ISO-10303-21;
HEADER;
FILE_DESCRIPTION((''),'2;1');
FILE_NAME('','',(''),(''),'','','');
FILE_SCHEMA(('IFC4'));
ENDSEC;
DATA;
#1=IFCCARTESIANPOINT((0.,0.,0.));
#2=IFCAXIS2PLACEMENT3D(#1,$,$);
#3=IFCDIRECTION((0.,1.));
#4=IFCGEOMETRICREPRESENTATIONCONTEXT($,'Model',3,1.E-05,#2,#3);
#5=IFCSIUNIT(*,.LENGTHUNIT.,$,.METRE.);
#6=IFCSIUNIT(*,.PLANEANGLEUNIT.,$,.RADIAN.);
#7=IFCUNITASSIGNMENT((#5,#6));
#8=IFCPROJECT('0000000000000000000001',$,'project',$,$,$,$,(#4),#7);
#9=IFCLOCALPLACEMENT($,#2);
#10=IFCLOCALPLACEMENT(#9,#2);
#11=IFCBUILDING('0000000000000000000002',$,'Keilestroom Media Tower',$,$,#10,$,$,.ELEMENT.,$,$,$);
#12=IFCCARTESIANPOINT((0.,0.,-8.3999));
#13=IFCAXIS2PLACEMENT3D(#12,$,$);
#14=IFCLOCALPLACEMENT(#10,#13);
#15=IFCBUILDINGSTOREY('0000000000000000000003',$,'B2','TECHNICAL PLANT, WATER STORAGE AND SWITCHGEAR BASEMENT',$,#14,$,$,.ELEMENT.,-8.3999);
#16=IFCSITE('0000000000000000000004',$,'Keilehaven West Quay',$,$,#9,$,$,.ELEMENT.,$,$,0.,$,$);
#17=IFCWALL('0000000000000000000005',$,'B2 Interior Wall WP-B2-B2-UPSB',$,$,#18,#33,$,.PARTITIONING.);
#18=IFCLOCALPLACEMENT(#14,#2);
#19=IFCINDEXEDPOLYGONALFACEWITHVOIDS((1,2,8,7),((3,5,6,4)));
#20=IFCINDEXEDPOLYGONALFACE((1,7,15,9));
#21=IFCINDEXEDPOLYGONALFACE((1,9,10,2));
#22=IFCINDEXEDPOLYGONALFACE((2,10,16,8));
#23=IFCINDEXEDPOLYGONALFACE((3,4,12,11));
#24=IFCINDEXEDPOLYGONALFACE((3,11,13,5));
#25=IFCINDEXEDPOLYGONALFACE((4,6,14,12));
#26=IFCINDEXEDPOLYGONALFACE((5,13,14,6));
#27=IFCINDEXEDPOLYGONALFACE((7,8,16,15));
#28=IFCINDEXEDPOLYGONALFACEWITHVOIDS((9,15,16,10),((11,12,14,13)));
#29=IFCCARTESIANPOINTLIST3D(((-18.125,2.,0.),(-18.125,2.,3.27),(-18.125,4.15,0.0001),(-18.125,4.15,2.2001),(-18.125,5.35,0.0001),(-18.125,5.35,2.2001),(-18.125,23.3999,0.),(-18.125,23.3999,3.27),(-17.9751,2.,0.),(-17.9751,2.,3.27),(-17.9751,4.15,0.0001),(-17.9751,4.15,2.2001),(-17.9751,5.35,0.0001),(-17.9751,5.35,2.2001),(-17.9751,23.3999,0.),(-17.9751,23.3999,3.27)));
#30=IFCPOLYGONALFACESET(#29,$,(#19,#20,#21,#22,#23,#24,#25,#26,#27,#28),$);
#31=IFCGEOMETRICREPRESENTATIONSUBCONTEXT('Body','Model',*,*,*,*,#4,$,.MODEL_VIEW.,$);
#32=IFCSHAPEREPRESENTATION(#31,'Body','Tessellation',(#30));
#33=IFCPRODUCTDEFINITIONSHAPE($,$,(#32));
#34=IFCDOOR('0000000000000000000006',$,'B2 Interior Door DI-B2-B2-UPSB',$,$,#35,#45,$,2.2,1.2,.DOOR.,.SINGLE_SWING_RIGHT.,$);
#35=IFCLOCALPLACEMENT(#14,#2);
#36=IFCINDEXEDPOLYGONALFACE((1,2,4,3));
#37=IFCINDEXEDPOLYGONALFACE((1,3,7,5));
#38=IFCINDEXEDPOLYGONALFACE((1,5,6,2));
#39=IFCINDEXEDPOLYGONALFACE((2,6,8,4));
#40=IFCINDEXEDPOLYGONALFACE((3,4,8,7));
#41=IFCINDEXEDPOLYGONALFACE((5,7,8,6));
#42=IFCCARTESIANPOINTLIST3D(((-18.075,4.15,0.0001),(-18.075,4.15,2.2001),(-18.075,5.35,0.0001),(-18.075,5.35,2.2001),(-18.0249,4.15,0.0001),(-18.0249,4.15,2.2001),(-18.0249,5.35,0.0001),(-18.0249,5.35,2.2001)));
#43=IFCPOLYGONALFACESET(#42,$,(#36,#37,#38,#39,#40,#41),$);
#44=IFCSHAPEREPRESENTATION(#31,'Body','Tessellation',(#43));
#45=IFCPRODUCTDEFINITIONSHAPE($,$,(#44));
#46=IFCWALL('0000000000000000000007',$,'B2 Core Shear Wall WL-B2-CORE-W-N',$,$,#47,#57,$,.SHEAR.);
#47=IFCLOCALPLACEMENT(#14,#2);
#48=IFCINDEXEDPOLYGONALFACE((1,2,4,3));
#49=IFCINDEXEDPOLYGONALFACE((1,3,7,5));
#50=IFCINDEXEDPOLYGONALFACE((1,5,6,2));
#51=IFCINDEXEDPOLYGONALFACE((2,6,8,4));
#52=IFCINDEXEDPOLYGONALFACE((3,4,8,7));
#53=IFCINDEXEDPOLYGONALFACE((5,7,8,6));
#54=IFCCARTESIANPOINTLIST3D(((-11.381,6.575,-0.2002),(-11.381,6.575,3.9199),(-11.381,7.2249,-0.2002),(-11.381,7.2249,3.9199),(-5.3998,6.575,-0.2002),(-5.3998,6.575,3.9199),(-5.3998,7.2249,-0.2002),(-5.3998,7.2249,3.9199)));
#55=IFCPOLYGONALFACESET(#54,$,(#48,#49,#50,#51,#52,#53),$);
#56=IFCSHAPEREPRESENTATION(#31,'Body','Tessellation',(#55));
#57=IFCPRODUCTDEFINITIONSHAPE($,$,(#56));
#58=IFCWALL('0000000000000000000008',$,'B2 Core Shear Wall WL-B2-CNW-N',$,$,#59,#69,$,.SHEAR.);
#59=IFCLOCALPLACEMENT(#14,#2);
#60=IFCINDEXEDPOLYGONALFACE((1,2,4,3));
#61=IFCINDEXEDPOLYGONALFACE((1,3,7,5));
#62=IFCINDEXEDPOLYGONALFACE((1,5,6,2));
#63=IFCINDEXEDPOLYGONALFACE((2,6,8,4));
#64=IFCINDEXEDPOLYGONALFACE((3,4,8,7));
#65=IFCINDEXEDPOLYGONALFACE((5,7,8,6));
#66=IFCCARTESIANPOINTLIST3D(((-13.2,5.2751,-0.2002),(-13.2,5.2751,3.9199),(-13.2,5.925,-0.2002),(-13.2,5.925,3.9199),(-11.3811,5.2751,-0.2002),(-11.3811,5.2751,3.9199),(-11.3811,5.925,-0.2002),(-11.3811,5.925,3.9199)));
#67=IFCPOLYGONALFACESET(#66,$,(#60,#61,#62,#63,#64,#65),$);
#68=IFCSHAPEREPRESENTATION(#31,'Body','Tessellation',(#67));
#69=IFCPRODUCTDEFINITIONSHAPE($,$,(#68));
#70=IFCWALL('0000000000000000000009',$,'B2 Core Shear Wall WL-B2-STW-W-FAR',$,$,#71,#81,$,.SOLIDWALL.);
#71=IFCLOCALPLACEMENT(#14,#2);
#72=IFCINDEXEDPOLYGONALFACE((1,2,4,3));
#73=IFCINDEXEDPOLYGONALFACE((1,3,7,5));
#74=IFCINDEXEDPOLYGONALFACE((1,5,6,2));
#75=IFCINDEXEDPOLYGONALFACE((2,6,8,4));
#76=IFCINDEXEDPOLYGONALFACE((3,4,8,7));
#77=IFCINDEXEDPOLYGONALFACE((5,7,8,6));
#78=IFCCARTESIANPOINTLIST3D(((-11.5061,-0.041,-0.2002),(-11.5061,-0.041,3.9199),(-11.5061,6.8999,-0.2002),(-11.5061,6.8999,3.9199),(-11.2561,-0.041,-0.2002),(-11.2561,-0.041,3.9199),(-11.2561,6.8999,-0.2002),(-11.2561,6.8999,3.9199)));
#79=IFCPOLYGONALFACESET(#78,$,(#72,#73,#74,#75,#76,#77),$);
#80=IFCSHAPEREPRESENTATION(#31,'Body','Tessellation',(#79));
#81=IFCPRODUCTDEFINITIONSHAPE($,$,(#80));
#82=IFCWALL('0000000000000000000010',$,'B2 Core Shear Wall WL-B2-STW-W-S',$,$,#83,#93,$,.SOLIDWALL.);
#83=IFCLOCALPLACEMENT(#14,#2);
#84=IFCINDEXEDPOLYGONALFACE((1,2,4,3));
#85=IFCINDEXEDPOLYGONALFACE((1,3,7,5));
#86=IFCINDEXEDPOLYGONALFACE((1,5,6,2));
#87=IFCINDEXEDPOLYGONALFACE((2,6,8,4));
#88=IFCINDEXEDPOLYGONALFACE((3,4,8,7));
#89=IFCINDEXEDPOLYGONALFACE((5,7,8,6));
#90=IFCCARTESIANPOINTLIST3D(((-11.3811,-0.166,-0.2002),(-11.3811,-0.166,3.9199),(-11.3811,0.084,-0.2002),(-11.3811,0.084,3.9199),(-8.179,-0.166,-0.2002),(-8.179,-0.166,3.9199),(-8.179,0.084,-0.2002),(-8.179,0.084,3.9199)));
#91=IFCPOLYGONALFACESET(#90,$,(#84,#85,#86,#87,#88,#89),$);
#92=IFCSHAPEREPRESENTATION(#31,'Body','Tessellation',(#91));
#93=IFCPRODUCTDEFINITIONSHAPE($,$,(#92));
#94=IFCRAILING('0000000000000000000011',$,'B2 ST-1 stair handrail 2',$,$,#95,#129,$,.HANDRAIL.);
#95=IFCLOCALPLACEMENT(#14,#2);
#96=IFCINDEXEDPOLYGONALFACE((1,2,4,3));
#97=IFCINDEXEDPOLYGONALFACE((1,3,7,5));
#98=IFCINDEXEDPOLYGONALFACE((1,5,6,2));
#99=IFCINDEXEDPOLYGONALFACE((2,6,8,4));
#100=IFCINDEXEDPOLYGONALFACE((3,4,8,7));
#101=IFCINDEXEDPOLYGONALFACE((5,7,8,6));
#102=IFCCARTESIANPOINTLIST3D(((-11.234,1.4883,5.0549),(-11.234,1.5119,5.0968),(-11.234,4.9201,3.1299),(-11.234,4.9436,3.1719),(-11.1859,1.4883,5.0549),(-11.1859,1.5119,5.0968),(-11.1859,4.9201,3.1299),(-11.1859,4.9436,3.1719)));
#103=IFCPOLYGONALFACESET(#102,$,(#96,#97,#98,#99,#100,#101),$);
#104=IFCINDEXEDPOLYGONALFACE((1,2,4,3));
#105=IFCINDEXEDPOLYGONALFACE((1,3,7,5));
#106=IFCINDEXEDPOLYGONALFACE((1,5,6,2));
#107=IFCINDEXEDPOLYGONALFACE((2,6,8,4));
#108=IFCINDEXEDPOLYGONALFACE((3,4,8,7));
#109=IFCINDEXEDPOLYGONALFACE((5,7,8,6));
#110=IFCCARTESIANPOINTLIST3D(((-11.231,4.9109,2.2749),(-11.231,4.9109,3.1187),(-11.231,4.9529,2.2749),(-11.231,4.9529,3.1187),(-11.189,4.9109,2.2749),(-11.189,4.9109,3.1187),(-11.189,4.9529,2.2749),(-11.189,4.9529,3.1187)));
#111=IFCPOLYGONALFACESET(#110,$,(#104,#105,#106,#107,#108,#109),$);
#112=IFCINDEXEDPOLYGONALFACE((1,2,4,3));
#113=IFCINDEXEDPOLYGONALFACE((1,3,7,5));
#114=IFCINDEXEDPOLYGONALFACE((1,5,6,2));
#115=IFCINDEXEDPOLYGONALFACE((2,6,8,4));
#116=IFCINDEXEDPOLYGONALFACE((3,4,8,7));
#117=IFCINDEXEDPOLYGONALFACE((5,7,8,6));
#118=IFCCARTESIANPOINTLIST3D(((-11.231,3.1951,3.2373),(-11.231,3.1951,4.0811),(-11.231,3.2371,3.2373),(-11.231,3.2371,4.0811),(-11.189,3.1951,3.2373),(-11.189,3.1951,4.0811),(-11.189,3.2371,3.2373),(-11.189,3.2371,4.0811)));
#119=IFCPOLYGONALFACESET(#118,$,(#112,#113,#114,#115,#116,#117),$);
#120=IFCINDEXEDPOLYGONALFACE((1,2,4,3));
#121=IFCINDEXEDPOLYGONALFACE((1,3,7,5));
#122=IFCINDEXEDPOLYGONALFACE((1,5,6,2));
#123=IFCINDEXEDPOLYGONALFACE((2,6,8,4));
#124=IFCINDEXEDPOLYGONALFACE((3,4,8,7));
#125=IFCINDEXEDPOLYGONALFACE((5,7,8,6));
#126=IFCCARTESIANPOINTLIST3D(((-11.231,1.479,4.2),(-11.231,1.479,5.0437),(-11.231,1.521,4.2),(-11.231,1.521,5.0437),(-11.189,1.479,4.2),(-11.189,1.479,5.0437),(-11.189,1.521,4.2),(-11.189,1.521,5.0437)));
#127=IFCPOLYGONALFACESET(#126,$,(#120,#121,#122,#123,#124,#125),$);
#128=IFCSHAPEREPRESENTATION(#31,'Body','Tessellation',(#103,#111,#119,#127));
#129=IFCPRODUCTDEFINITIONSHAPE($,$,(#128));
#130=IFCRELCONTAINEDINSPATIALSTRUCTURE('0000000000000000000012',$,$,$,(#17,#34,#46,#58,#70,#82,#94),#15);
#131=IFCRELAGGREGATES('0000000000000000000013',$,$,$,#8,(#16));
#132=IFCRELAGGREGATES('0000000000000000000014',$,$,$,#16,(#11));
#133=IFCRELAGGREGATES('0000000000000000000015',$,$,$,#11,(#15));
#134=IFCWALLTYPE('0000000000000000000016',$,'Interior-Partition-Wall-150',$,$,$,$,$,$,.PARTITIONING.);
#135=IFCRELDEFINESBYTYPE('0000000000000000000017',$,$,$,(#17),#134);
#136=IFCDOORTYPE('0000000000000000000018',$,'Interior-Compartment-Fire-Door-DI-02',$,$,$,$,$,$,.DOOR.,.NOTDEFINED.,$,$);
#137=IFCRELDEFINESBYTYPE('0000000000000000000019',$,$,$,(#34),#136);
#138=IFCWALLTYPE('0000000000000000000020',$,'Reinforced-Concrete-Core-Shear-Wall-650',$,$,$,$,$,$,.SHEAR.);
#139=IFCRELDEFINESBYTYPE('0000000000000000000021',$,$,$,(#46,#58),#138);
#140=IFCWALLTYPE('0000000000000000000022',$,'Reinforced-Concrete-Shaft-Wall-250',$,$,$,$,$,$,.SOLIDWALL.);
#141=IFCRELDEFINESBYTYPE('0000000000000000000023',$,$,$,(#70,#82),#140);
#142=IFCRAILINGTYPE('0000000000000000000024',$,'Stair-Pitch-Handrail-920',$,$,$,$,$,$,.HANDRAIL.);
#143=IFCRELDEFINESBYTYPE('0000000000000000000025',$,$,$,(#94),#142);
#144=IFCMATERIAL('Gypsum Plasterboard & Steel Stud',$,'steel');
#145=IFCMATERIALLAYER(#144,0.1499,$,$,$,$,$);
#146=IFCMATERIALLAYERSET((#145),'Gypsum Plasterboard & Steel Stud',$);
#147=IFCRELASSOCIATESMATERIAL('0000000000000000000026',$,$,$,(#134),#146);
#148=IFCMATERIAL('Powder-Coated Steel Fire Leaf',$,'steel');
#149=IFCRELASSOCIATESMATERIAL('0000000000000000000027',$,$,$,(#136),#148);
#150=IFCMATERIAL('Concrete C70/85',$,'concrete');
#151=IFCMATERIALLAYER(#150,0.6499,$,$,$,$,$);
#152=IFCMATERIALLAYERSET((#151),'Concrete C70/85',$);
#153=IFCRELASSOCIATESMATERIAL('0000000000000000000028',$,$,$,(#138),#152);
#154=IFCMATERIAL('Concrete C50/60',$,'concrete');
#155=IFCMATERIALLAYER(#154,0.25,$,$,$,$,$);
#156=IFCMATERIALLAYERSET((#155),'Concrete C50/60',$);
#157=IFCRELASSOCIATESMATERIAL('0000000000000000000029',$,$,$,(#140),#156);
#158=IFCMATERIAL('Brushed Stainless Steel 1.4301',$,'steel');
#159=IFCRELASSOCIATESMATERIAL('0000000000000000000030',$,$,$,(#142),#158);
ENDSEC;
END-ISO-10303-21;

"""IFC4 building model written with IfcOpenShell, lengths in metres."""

from ifc_helpers import new_model, si_unit, direction, frame, frame_2d, origin, origin_2d, place, context, subcontext, project, spatial, rectangle, extrude, source, transform, mapped, material, layer, layer_set, type_object, element, fill, save


model = new_model("IFC4")

# Units and contexts
model_context = context("Model", 3, precision=1e-05, world=origin(), true_north=direction((0.0, 1.0)))
body_context = subcontext(model_context, "Body", "Model", "MODEL_VIEW")
ifc_project = project(units=[si_unit("LENGTHUNIT", "METRE"), si_unit("PLANEANGLEUNIT", "RADIAN")], contexts=[model_context])

# Site, building, storey
site_placement = place(None, origin())
site = spatial("IfcSite", under=ifc_project, at=site_placement, Name="Keilehaven West Quay", CompositionType="ELEMENT", RefElevation=0.0)
building_placement = place(site_placement, origin())
building = spatial("IfcBuilding", under=site, at=building_placement, Name="Keilestroom Media Tower", CompositionType="ELEMENT")
storey_placement = place(building_placement, frame((0.0, 0.0, -8.3999)))
storey = spatial("IfcBuildingStorey", under=building, at=storey_placement, Name="B2", Description="TECHNICAL PLANT, WATER STORAGE AND SWITCHGEAR BASEMENT", CompositionType="ELEMENT", Elevation=-8.3999)

# Shared definitions
ifc_material_1 = material(Name="Concrete C70/85", Category="concrete")

# Shared definitions
ifc_material_2 = material(Name="Gypsum Plasterboard & Steel Stud", Category="steel")
ifc_layer_1 = layer(ifc_material_2, 0.1499)
ifc_layer_set_1 = layer_set([ifc_layer_1], Name="Gypsum Plasterboard & Steel Stud")
wall_type_1 = type_object("IfcWallType", Name="Interior-Partition-Wall-150", PredefinedType="PARTITIONING", material=ifc_layer_set_1)

# Wall, opening, door
wall_1_placement = place(storey_placement, frame((-18.05, 2.0, 0.0), z_axis=(0.0, 0.0, 1.0), x_axis=(0.0, 1.0, 0.0)))
wall_1 = element("IfcWall", 1, at=wall_1_placement, inside=storey, type_object=wall_type_1, Name="B2 Interior Wall WP-B2-B2-UPSB", PredefinedType="PARTITIONING", context=body_context, shape_type="SweptSolid", body=[
    extrude(rectangle(XDim=21.3999, YDim=0.1499, at=frame_2d((10.7, 0.0))), origin(), (0.0, 0.0, 1.0), 3.27),
])
opening_placement = place(wall_1_placement, frame((2.1499, 0.0, 0.0)))
opening = element("IfcOpeningElement", 2, at=opening_placement, cuts=wall_1, PredefinedType="OPENING", context=body_context, shape_type="SweptSolid", body=[
    extrude(rectangle(XDim=1.2, YDim=2.2, at=frame_2d((0.6001, 1.1001))), frame((0.0, 0.085, 0.0), z_axis=(0.0, -1.0, 0.0), x_axis=(1.0, 0.0, 0.0)), (0.0, 0.0, 1.0), 0.1699),
])
ifc_material_3 = material(Name="Powder-Coated Steel Fire Leaf", Category="steel")
door_type = type_object("IfcDoorType", Name="Interior-Compartment-Fire-Door-DI-02", OperationType="NOTDEFINED", PredefinedType="DOOR", material=ifc_material_3)
shared_shape_1 = source(origin(), body_context, "Body", "SweptSolid", [
    extrude(rectangle(XDim=1.2, YDim=2.2, at=frame_2d((0.6001, 1.1001))), frame((0.0, 0.0249, 0.0), z_axis=(0.0, -1.0, 0.0), x_axis=(1.0, 0.0, 0.0)), (0.0, 0.0, 1.0), 0.05),
])
door_placement = place(opening_placement, origin())
door = element("IfcDoor", 3, at=door_placement, inside=storey, type_object=door_type, Name="B2 Interior Door DI-B2-B2-UPSB", OperationType="SINGLE_SWING_RIGHT", OverallHeight=2.2, OverallWidth=1.2, PredefinedType="DOOR", context=body_context, shape_type="MappedRepresentation", body=[
    mapped(shared_shape_1, transform((0.0, 0.0, 0.0), x_axis=(1.0, 0.0, 0.0), y_axis=(0.0, 1.0, 0.0), z_axis=(0.0, 0.0, 1.0), scale=1.0)),
])
fill(opening, door)

# Walls
ifc_layer_2 = layer(ifc_material_1, 0.6499)
ifc_layer_set_2 = layer_set([ifc_layer_2], Name="Concrete C70/85")
wall_type_2 = type_object("IfcWallType", Name="Reinforced-Concrete-Core-Shear-Wall-650", PredefinedType="SHEAR", material=ifc_layer_set_2)
wall_2_placement = place(storey_placement, frame((-11.3811, 6.8999, -0.2002), z_axis=(0.0, 0.0, 1.0), x_axis=(1.0, 0.0, 0.0)))
element("IfcWall", 4, at=wall_2_placement, inside=storey, type_object=wall_type_2, Name="B2 Core Shear Wall WL-B2-CORE-W-N", PredefinedType="SHEAR", context=body_context, shape_type="SweptSolid", body=[
    extrude(rectangle(XDim=5.9812, YDim=0.6499, at=frame_2d((2.9907, 0.0))), origin(), (0.0, 0.0, 1.0), 4.1201),
])
wall_3_placement = place(storey_placement, frame((-13.2, 5.6001, -0.2002), z_axis=(0.0, 0.0, 1.0), x_axis=(1.0, 0.0, 0.0)))
element("IfcWall", 5, at=wall_3_placement, inside=storey, type_object=wall_type_2, Name="B2 Core Shear Wall WL-B2-CNW-N", PredefinedType="SHEAR", context=body_context, shape_type="SweptSolid", body=[
    extrude(rectangle(XDim=1.8188, YDim=0.6499, at=frame_2d((0.9094, 0.0))), origin(), (0.0, 0.0, 1.0), 4.1201),
])
ifc_material_4 = material(Name="Concrete C50/60", Category="concrete")
ifc_layer_3 = layer(ifc_material_4, 0.25)
ifc_layer_set_3 = layer_set([ifc_layer_3], Name="Concrete C50/60")
wall_type_3 = type_object("IfcWallType", Name="Reinforced-Concrete-Shaft-Wall-250", PredefinedType="SOLIDWALL", material=ifc_layer_set_3)
wall_4_placement = place(storey_placement, frame((-11.3811, -0.041, -0.2002), z_axis=(0.0, 0.0, 1.0), x_axis=(0.0, 1.0, 0.0)))
element("IfcWall", 6, at=wall_4_placement, inside=storey, type_object=wall_type_3, Name="B2 Core Shear Wall WL-B2-STW-W-FAR", PredefinedType="SOLIDWALL", context=body_context, shape_type="SweptSolid", body=[
    extrude(rectangle(XDim=6.9409, YDim=0.25, at=frame_2d((3.4705, 0.0))), origin(), (0.0, 0.0, 1.0), 4.1201),
])
wall_5_placement = place(storey_placement, frame((-11.3811, -0.041, -0.2002), z_axis=(0.0, 0.0, 1.0), x_axis=(1.0, 0.0, 0.0)))
element("IfcWall", 7, at=wall_5_placement, inside=storey, type_object=wall_type_3, Name="B2 Core Shear Wall WL-B2-STW-W-S", PredefinedType="SOLIDWALL", context=body_context, shape_type="SweptSolid", body=[
    extrude(rectangle(XDim=3.2021, YDim=0.25, at=frame_2d((1.6011, 0.0))), origin(), (0.0, 0.0, 1.0), 4.1201),
])

# Railing
ifc_material_5 = material(Name="Brushed Stainless Steel 1.4301", Category="steel")
railing_type = type_object("IfcRailingType", Name="Stair-Pitch-Handrail-920", PredefinedType="HANDRAIL", material=ifc_material_5)
railing_placement = place(storey_placement, frame((-11.21, 4.9319, 2.2749)))
element("IfcRailing", 8, at=railing_placement, inside=storey, type_object=railing_type, Name="B2 ST-1 stair handrail 2", PredefinedType="HANDRAIL", context=body_context, shape_type="SweptSolid", body=[
    extrude(rectangle(XDim=0.0481, YDim=0.0481, at=origin_2d()), frame((0.0, 0.0, 0.876), z_axis=(0.0, -0.87216, 0.489221), x_axis=(1.0, 0.0, 0.0)), (0.0, 0.0, 1.0), 3.9348),
    extrude(rectangle(XDim=0.042, YDim=0.042, at=origin_2d()), origin(), (0.0, 0.0, 1.0), 0.8438),
    extrude(rectangle(XDim=0.042, YDim=0.042, at=origin_2d()), frame((0.0, -1.7158, 0.9624)), (0.0, 0.0, 1.0), 0.8438),
    extrude(rectangle(XDim=0.042, YDim=0.042, at=origin_2d()), frame((0.0, -3.4319, 1.925)), (0.0, 0.0, 1.0), 0.8438),
])

save(model, "model.ifc")
